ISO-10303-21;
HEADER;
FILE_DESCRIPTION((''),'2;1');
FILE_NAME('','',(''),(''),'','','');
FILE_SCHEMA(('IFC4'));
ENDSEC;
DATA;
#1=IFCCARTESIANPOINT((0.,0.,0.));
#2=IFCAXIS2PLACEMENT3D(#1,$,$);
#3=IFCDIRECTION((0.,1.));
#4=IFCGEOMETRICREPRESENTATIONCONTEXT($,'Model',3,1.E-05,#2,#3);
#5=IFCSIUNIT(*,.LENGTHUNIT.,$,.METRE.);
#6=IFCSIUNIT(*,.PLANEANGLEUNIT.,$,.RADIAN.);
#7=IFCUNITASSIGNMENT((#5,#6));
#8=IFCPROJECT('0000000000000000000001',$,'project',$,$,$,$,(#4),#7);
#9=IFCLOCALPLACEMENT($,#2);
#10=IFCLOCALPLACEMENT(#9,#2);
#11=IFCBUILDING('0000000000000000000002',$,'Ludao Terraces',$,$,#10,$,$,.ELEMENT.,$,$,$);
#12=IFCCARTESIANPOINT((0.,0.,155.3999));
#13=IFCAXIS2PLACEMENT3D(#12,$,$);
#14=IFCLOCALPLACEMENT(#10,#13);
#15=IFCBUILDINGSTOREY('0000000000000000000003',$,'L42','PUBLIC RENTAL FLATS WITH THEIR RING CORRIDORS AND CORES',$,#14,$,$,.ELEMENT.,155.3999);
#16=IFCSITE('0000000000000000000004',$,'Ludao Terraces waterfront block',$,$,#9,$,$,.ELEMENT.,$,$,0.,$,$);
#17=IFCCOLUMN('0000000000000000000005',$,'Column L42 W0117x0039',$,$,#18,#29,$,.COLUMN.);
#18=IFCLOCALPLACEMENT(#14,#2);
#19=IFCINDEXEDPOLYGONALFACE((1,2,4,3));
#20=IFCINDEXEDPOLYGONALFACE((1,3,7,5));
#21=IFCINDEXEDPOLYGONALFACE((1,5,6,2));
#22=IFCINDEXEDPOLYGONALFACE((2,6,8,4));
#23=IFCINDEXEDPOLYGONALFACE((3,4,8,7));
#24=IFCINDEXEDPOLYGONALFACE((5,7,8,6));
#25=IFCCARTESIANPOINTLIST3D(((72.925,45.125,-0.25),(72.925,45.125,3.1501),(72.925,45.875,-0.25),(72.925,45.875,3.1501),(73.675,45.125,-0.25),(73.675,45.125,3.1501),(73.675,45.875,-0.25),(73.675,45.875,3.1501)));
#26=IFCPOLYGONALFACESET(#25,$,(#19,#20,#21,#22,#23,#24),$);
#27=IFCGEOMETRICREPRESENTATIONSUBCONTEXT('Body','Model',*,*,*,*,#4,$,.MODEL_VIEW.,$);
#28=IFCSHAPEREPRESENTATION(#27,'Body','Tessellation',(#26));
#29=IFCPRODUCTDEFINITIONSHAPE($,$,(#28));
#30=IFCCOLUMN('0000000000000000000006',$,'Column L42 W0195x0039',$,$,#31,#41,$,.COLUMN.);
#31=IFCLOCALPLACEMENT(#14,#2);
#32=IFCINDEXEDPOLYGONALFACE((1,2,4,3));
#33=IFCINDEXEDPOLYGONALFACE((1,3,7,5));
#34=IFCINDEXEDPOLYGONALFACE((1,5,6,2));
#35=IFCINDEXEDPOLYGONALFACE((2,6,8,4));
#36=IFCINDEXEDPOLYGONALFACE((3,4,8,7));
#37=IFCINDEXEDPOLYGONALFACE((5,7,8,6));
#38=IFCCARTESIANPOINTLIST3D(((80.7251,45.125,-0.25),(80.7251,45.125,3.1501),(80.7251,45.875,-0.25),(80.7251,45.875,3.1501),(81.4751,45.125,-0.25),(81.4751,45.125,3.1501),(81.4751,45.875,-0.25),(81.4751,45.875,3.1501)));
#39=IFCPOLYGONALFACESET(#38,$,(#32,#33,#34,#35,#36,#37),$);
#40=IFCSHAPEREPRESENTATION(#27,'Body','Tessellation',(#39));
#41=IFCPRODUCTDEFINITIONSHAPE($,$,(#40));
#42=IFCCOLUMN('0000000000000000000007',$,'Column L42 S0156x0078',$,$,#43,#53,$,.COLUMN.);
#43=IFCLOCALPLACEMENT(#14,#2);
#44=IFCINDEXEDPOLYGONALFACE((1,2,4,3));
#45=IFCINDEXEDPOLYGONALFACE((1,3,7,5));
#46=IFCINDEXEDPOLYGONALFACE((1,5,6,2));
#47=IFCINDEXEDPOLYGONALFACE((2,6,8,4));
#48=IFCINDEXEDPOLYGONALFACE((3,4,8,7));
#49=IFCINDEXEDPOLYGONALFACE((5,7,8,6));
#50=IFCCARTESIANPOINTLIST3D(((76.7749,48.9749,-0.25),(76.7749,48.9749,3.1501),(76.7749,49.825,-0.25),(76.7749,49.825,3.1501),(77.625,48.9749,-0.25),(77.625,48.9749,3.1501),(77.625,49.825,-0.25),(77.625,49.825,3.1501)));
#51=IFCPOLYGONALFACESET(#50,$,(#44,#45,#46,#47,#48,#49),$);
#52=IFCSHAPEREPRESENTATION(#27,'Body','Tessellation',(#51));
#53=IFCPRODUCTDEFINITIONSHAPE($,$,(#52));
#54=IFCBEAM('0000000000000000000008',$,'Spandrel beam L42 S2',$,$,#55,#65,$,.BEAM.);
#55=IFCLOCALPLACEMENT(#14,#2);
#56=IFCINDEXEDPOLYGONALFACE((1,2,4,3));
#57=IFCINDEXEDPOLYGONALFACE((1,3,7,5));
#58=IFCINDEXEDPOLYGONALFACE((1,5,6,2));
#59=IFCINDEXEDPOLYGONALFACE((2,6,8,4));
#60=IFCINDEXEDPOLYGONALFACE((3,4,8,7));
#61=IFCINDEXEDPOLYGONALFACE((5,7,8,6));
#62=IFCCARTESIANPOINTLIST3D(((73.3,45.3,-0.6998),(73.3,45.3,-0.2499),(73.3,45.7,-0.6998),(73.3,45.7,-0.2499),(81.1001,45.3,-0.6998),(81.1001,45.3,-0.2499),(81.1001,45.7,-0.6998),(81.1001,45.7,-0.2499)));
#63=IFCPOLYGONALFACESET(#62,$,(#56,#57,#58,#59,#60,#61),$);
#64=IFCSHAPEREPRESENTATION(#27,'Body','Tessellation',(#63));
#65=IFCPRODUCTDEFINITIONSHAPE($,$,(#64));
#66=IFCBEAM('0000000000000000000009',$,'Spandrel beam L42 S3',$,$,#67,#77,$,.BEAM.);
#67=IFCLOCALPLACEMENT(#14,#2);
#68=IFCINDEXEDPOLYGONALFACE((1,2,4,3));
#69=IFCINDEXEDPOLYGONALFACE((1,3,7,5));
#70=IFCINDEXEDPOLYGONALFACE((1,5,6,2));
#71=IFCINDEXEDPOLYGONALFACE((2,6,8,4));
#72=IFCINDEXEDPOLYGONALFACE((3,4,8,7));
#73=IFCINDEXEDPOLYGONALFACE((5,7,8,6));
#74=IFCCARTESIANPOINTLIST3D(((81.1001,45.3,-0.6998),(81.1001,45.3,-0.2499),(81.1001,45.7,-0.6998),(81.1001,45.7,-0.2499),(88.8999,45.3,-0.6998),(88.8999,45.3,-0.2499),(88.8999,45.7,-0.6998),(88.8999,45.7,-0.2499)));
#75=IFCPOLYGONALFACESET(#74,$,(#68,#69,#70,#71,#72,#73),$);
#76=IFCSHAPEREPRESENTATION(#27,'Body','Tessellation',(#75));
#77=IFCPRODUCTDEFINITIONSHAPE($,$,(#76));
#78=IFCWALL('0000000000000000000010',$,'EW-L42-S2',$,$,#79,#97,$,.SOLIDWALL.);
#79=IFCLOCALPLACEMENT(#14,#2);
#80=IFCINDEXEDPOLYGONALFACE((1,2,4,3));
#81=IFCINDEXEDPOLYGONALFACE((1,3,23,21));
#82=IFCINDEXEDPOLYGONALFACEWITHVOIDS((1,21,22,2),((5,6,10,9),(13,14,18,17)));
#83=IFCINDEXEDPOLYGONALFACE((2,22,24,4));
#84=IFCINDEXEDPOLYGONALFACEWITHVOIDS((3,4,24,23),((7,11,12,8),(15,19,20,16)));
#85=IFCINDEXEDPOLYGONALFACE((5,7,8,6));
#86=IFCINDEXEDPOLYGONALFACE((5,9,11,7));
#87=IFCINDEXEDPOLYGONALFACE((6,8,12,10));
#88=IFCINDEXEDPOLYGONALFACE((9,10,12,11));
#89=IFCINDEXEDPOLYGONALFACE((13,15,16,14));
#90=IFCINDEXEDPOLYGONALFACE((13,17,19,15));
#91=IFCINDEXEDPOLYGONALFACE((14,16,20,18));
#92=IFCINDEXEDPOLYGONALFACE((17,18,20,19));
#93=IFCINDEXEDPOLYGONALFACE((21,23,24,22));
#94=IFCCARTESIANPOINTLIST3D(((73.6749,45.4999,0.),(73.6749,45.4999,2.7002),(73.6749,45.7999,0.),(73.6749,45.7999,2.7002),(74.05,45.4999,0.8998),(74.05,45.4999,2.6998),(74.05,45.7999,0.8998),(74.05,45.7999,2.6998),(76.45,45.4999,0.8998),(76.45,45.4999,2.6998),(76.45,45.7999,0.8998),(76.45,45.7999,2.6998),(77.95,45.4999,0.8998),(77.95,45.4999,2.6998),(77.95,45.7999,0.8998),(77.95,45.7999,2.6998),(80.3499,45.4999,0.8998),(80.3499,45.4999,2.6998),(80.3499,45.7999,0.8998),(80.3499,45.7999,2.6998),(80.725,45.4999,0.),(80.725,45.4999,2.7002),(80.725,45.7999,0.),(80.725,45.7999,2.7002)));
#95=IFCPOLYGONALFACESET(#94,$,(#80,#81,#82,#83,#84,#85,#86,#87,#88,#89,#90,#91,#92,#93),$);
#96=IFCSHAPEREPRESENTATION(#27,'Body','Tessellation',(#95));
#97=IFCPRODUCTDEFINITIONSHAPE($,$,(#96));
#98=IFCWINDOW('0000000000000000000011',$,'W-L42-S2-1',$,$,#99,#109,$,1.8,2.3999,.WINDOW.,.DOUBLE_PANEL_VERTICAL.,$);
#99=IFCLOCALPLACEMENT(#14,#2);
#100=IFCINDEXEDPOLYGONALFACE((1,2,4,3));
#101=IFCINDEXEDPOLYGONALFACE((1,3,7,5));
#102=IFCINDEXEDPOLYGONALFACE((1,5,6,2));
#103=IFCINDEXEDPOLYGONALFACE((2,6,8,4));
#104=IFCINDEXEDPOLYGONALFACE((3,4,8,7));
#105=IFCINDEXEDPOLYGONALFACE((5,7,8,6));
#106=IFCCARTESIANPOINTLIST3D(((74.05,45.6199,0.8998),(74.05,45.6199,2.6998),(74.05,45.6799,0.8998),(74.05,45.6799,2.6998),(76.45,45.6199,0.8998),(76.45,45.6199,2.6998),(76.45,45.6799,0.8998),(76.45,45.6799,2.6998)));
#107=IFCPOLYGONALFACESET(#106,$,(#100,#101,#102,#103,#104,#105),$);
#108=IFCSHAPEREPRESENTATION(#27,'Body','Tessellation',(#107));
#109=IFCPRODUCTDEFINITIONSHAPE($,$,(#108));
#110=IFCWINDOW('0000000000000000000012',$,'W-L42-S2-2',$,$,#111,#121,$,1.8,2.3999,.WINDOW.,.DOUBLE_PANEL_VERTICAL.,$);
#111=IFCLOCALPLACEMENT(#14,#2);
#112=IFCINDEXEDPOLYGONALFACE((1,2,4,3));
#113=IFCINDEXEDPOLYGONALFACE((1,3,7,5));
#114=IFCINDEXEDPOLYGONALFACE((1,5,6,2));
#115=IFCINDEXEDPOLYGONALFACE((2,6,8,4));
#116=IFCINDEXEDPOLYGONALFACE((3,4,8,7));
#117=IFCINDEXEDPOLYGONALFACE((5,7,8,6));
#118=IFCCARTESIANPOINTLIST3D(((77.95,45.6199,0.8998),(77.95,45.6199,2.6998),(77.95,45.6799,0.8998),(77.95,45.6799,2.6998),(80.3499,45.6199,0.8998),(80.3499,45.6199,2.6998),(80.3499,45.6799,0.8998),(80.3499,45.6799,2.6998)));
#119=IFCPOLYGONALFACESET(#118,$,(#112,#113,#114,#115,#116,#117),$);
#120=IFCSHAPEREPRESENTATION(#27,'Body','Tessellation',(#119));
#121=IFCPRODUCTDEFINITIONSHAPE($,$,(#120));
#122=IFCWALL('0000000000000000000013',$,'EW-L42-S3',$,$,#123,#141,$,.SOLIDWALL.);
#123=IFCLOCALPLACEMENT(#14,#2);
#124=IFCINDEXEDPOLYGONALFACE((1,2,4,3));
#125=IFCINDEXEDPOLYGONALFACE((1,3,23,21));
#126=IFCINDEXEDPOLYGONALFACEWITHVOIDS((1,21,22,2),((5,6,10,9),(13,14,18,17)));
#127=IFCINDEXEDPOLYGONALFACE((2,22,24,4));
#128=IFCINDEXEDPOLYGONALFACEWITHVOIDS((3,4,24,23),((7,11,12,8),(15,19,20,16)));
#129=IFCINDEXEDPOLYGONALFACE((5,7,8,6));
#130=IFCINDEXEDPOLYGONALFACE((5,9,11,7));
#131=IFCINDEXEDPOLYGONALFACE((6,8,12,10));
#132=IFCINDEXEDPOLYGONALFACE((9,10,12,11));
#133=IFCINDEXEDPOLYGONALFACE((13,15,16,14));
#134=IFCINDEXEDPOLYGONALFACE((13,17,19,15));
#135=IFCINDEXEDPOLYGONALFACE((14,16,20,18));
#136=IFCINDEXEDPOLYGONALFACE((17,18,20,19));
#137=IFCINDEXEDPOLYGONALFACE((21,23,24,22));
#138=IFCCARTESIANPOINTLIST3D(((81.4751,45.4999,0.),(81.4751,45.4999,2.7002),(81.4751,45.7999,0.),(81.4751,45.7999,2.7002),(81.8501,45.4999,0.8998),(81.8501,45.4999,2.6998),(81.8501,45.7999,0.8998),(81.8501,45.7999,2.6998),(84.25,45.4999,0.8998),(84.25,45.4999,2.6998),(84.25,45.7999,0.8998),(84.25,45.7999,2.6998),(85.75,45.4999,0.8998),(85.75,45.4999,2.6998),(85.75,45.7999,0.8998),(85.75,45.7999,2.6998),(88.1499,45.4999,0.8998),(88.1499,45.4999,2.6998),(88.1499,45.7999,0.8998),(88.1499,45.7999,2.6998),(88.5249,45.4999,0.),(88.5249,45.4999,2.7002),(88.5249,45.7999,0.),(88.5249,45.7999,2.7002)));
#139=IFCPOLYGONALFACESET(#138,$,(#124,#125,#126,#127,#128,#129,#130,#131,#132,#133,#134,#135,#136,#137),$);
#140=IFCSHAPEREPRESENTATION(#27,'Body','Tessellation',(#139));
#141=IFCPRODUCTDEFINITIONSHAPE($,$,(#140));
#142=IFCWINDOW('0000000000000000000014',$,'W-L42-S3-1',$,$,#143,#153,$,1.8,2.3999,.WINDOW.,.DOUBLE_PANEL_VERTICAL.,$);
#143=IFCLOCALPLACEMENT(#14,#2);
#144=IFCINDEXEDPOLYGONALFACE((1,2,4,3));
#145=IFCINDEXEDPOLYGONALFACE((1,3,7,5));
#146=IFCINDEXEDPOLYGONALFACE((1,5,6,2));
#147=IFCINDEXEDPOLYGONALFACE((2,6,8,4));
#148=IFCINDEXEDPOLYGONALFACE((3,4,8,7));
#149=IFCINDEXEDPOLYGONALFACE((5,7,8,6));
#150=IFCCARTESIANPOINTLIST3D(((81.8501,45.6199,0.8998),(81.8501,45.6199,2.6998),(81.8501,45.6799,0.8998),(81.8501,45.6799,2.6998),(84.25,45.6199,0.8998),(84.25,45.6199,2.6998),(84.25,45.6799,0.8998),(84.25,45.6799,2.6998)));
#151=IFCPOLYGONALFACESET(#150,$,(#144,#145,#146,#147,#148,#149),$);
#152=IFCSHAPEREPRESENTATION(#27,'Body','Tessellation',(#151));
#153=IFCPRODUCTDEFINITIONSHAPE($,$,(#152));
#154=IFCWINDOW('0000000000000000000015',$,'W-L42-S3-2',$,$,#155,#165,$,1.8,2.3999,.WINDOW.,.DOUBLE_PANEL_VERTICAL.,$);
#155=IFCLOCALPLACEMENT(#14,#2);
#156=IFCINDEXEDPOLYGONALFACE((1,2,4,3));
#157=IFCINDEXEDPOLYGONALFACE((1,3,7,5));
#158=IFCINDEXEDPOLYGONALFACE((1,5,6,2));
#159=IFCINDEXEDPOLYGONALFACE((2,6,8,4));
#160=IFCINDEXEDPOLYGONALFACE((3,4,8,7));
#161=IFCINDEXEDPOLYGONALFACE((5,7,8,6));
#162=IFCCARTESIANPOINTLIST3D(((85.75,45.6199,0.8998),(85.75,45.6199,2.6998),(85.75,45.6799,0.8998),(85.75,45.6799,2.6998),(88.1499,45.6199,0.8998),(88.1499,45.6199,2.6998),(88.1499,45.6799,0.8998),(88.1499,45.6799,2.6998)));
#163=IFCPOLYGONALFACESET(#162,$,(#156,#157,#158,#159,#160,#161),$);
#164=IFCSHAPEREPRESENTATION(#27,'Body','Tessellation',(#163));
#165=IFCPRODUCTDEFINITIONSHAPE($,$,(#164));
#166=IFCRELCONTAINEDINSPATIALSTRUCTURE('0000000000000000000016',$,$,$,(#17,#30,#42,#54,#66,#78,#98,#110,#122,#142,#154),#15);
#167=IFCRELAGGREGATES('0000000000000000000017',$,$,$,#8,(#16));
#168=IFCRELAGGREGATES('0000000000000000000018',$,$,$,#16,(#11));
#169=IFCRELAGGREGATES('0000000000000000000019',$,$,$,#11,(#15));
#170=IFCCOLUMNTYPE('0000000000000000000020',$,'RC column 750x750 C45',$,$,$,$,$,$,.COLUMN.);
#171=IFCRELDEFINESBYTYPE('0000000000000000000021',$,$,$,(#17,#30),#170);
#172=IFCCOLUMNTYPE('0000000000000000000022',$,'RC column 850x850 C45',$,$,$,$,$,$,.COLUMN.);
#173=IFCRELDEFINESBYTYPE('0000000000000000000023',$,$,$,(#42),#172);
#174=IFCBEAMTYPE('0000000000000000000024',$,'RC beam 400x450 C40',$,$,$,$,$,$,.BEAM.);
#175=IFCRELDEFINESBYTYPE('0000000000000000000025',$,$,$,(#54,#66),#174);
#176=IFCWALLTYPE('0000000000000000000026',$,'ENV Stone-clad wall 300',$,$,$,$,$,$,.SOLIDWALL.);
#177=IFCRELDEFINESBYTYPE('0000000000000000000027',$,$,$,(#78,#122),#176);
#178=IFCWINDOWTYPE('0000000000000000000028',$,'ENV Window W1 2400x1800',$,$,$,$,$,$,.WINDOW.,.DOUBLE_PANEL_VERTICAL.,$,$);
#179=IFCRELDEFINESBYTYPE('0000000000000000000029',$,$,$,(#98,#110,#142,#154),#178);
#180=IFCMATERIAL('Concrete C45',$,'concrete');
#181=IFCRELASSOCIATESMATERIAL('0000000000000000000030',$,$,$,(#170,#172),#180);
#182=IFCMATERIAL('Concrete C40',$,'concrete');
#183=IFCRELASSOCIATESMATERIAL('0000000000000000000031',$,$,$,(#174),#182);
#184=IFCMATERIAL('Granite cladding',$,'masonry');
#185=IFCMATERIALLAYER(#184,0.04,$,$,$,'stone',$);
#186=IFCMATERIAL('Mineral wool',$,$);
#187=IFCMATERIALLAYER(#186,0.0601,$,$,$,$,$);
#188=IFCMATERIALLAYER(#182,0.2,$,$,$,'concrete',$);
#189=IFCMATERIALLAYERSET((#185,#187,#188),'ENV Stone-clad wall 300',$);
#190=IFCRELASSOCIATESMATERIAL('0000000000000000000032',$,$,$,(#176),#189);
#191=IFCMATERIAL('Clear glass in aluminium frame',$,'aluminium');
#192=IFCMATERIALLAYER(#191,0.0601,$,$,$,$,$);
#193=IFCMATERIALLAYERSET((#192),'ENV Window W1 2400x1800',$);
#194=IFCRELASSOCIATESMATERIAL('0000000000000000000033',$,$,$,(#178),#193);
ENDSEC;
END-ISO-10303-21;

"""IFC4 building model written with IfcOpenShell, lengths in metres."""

from ifc_helpers import new_model, si_unit, direction, frame, frame_2d, origin, origin_2d, place, context, subcontext, project, spatial, rectangle, extrude, material, layer, layer_set, material_profile, profile_set, type_object, element, fill, save


model = new_model("IFC4")

# Units and contexts
model_context = context("Model", 3, precision=1e-05, world=origin(), true_north=direction((0.0, 1.0)))
body_context = subcontext(model_context, "Body", "Model", "MODEL_VIEW")
ifc_project = project(units=[si_unit("LENGTHUNIT", "METRE"), si_unit("PLANEANGLEUNIT", "RADIAN")], contexts=[model_context])

# Site, building, storey
site_placement = place(None, origin())
site = spatial("IfcSite", under=ifc_project, at=site_placement, Name="Ludao Terraces waterfront block", CompositionType="ELEMENT", RefElevation=0.0)
building_placement = place(site_placement, origin())
building = spatial("IfcBuilding", under=site, at=building_placement, Name="Ludao Terraces", CompositionType="ELEMENT")
storey_placement = place(building_placement, frame((0.0, 0.0, 155.3999)))
storey = spatial("IfcBuildingStorey", under=building, at=storey_placement, Name="L42", Description="PUBLIC RENTAL FLATS WITH THEIR RING CORRIDORS AND CORES", CompositionType="ELEMENT", Elevation=155.3999)

# Columns
ifc_material_1 = material(Name="Concrete C45", Category="concrete")
ifc_material_profile_1 = material_profile(ifc_material_1, rectangle(XDim=0.75, YDim=0.75, at=origin_2d()), Name="750 X 750")
ifc_profile_set_1 = profile_set([ifc_material_profile_1], Name="Concrete C45")
column_type_1 = type_object("IfcColumnType", Name="RC column 750x750 C45", PredefinedType="COLUMN", material=ifc_profile_set_1)
for number, where, z_axis, x_axis, name in (
    (1, (73.3, 45.5, -0.25), (0.0, 0.0, 1.0), (1.0, 0.0, 0.0), "Column L42 W0117x0039"),
    (2, (81.1001, 45.5, -0.25), (0.0, 0.0, 1.0), (1.0, 0.0, 0.0), "Column L42 W0195x0039"),
):
    element("IfcColumn", number, at=place(storey_placement, frame(where, z_axis=z_axis, x_axis=x_axis)), inside=storey, type_object=column_type_1, Name=name, PredefinedType="COLUMN", context=body_context, shape_type="SweptSolid", body=[
        extrude(rectangle(XDim=0.75, YDim=0.75, at=origin_2d()), origin(), (0.0, 0.0, 1.0), 3.4001),
    ])
ifc_material_profile_2 = material_profile(ifc_material_1, rectangle(XDim=0.8501, YDim=0.8501, at=origin_2d()), Name="850 X 850")
ifc_profile_set_2 = profile_set([ifc_material_profile_2], Name="Concrete C45")
column_type_2 = type_object("IfcColumnType", Name="RC column 850x850 C45", PredefinedType="COLUMN", material=ifc_profile_set_2)
column_placement = place(storey_placement, frame((77.2, 49.3999, -0.25), z_axis=(0.0, 0.0, 1.0), x_axis=(1.0, 0.0, 0.0)))
element("IfcColumn", 3, at=column_placement, inside=storey, type_object=column_type_2, Name="Column L42 S0156x0078", PredefinedType="COLUMN", context=body_context, shape_type="SweptSolid", body=[
    extrude(rectangle(XDim=0.8501, YDim=0.8501, at=origin_2d()), origin(), (0.0, 0.0, 1.0), 3.4001),
])

# Beams
ifc_material_2 = material(Name="Concrete C40", Category="concrete")
ifc_material_profile_3 = material_profile(ifc_material_2, rectangle(XDim=0.3999, YDim=0.45, at=origin_2d()), Name="400 X 450")
ifc_profile_set_3 = profile_set([ifc_material_profile_3], Name="Concrete C40")
beam_type = type_object("IfcBeamType", Name="RC beam 400x450 C40", PredefinedType="BEAM", material=ifc_profile_set_3)
beam_1_placement = place(storey_placement, frame((73.3, 45.5, -0.4749), z_axis=(1.0, 0.0, 0.0), x_axis=(0.0, 1.0, 0.0)))
element("IfcBeam", 4, at=beam_1_placement, inside=storey, type_object=beam_type, Name="Spandrel beam L42 S2", PredefinedType="BEAM", context=body_context, shape_type="SweptSolid", body=[
    extrude(rectangle(XDim=0.3999, YDim=0.45, at=origin_2d()), origin(), (0.0, 0.0, 1.0), 7.8),
])
beam_2_placement = place(storey_placement, frame((81.1001, 45.5, -0.4749), z_axis=(1.0, 0.0, 0.0), x_axis=(0.0, 1.0, 0.0)))
element("IfcBeam", 5, at=beam_2_placement, inside=storey, type_object=beam_type, Name="Spandrel beam L42 S3", PredefinedType="BEAM", context=body_context, shape_type="SweptSolid", body=[
    extrude(rectangle(XDim=0.3999, YDim=0.45, at=origin_2d()), origin(), (0.0, 0.0, 1.0), 7.7998),
])

# Walls, openings, windows
ifc_material_3 = material(Name="Granite cladding", Category="masonry")
ifc_layer_1 = layer(ifc_material_3, 0.04, Category="stone")
ifc_material_4 = material(Name="Mineral wool")
ifc_layer_2 = layer(ifc_material_4, 0.0601)
ifc_layer_3 = layer(ifc_material_2, 0.2, Category="concrete")
ifc_layer_set_1 = layer_set([ifc_layer_1, ifc_layer_2, ifc_layer_3], Name="ENV Stone-clad wall 300")
wall_type_1 = type_object("IfcWallType", Name="ENV Stone-clad wall 300", PredefinedType="SOLIDWALL", material=ifc_layer_set_1)
wall_1_placement = place(storey_placement, frame((73.675, 45.6499, 0.0), z_axis=(0.0, 0.0, 1.0), x_axis=(1.0, 0.0, 0.0)))
wall_1 = element("IfcWall", 6, at=wall_1_placement, inside=storey, type_object=wall_type_1, Name="EW-L42-S2", PredefinedType="SOLIDWALL", context=body_context, shape_type="SweptSolid", body=[
    extrude(rectangle(XDim=7.05, YDim=0.3, at=frame_2d((3.5249, 0.0))), origin(), (0.0, 0.0, 1.0), 2.7002),
])
opening_1_placement = place(wall_1_placement, frame((0.375, 0.0, 0.8999)))
opening_1 = element("IfcOpeningElement", 7, at=opening_1_placement, cuts=wall_1, PredefinedType="OPENING", context=body_context, shape_type="SweptSolid", body=[
    extrude(rectangle(XDim=2.3999, YDim=1.8, at=frame_2d((1.2, 0.8999))), frame((0.0, 0.1602, 0.0), z_axis=(0.0, -1.0, 0.0), x_axis=(1.0, 0.0, 0.0)), (0.0, 0.0, 1.0), 0.3201),
])
opening_2_placement = place(wall_1_placement, frame((4.2749, 0.0, 0.8999)))
opening_2 = element("IfcOpeningElement", 8, at=opening_2_placement, cuts=wall_1, PredefinedType="OPENING", context=body_context, shape_type="SweptSolid", body=[
    extrude(rectangle(XDim=2.3999, YDim=1.8, at=frame_2d((1.2, 0.8999))), frame((0.0, 0.1602, 0.0), z_axis=(0.0, -1.0, 0.0), x_axis=(1.0, 0.0, 0.0)), (0.0, 0.0, 1.0), 0.3201),
])
ifc_material_5 = material(Name="Clear glass in aluminium frame", Category="aluminium")
ifc_layer_4 = layer(ifc_material_5, 0.0601)
ifc_layer_set_2 = layer_set([ifc_layer_4], Name="ENV Window W1 2400x1800")
window_type = type_object("IfcWindowType", Name="ENV Window W1 2400x1800", PartitioningType="DOUBLE_PANEL_VERTICAL", PredefinedType="WINDOW", material=ifc_layer_set_2)
window_1_placement = place(opening_1_placement, origin())
window_1 = element("IfcWindow", 9, at=window_1_placement, inside=storey, type_object=window_type, Name="W-L42-S2-1", OverallHeight=1.8, OverallWidth=2.3999, PartitioningType="DOUBLE_PANEL_VERTICAL", PredefinedType="WINDOW", context=body_context, shape_type="SweptSolid", body=[
    extrude(rectangle(XDim=2.3999, YDim=1.8, at=frame_2d((1.2, 0.8999))), frame((0.0, 0.03, 0.0), z_axis=(0.0, -1.0, 0.0), x_axis=(1.0, 0.0, 0.0)), (0.0, 0.0, 1.0), 0.0601),
])
fill(opening_1, window_1)
window_2_placement = place(opening_2_placement, origin())
window_2 = element("IfcWindow", 10, at=window_2_placement, inside=storey, type_object=window_type, Name="W-L42-S2-2", OverallHeight=1.8, OverallWidth=2.3999, PartitioningType="DOUBLE_PANEL_VERTICAL", PredefinedType="WINDOW", context=body_context, shape_type="SweptSolid", body=[
    extrude(rectangle(XDim=2.3999, YDim=1.8, at=frame_2d((1.2, 0.8999))), frame((0.0, 0.03, 0.0), z_axis=(0.0, -1.0, 0.0), x_axis=(1.0, 0.0, 0.0)), (0.0, 0.0, 1.0), 0.0601),
])
fill(opening_2, window_2)
wall_2_placement = place(storey_placement, frame((81.4751, 45.6499, 0.0), z_axis=(0.0, 0.0, 1.0), x_axis=(1.0, 0.0, 0.0)))
wall_2 = element("IfcWall", 11, at=wall_2_placement, inside=storey, type_object=wall_type_1, Name="EW-L42-S3", PredefinedType="SOLIDWALL", context=body_context, shape_type="SweptSolid", body=[
    extrude(rectangle(XDim=7.0498, YDim=0.3, at=frame_2d((3.5249, 0.0))), origin(), (0.0, 0.0, 1.0), 2.7002),
])
opening_3_placement = place(wall_2_placement, frame((0.375, 0.0, 0.8999)))
opening_3 = element("IfcOpeningElement", 12, at=opening_3_placement, cuts=wall_2, PredefinedType="OPENING", context=body_context, shape_type="SweptSolid", body=[
    extrude(rectangle(XDim=2.3999, YDim=1.8, at=frame_2d((1.2, 0.8999))), frame((0.0, 0.1602, 0.0), z_axis=(0.0, -1.0, 0.0), x_axis=(1.0, 0.0, 0.0)), (0.0, 0.0, 1.0), 0.3201),
])
opening_4_placement = place(wall_2_placement, frame((4.2749, 0.0, 0.8999)))
opening_4 = element("IfcOpeningElement", 13, at=opening_4_placement, cuts=wall_2, PredefinedType="OPENING", context=body_context, shape_type="SweptSolid", body=[
    extrude(rectangle(XDim=2.3999, YDim=1.8, at=frame_2d((1.2, 0.8999))), frame((0.0, 0.1602, 0.0), z_axis=(0.0, -1.0, 0.0), x_axis=(1.0, 0.0, 0.0)), (0.0, 0.0, 1.0), 0.3201),
])
window_3_placement = place(opening_3_placement, origin())
window_3 = element("IfcWindow", 14, at=window_3_placement, inside=storey, type_object=window_type, Name="W-L42-S3-1", OverallHeight=1.8, OverallWidth=2.3999, PartitioningType="DOUBLE_PANEL_VERTICAL", PredefinedType="WINDOW", context=body_context, shape_type="SweptSolid", body=[
    extrude(rectangle(XDim=2.3999, YDim=1.8, at=frame_2d((1.2, 0.8999))), frame((0.0, 0.03, 0.0), z_axis=(0.0, -1.0, 0.0), x_axis=(1.0, 0.0, 0.0)), (0.0, 0.0, 1.0), 0.0601),
])
fill(opening_3, window_3)
window_4_placement = place(opening_4_placement, origin())
window_4 = element("IfcWindow", 15, at=window_4_placement, inside=storey, type_object=window_type, Name="W-L42-S3-2", OverallHeight=1.8, OverallWidth=2.3999, PartitioningType="DOUBLE_PANEL_VERTICAL", PredefinedType="WINDOW", context=body_context, shape_type="SweptSolid", body=[
    extrude(rectangle(XDim=2.3999, YDim=1.8, at=frame_2d((1.2, 0.8999))), frame((0.0, 0.03, 0.0), z_axis=(0.0, -1.0, 0.0), x_axis=(1.0, 0.0, 0.0)), (0.0, 0.0, 1.0), 0.0601),
])
fill(opening_4, window_4)

save(model, "model.ifc")
